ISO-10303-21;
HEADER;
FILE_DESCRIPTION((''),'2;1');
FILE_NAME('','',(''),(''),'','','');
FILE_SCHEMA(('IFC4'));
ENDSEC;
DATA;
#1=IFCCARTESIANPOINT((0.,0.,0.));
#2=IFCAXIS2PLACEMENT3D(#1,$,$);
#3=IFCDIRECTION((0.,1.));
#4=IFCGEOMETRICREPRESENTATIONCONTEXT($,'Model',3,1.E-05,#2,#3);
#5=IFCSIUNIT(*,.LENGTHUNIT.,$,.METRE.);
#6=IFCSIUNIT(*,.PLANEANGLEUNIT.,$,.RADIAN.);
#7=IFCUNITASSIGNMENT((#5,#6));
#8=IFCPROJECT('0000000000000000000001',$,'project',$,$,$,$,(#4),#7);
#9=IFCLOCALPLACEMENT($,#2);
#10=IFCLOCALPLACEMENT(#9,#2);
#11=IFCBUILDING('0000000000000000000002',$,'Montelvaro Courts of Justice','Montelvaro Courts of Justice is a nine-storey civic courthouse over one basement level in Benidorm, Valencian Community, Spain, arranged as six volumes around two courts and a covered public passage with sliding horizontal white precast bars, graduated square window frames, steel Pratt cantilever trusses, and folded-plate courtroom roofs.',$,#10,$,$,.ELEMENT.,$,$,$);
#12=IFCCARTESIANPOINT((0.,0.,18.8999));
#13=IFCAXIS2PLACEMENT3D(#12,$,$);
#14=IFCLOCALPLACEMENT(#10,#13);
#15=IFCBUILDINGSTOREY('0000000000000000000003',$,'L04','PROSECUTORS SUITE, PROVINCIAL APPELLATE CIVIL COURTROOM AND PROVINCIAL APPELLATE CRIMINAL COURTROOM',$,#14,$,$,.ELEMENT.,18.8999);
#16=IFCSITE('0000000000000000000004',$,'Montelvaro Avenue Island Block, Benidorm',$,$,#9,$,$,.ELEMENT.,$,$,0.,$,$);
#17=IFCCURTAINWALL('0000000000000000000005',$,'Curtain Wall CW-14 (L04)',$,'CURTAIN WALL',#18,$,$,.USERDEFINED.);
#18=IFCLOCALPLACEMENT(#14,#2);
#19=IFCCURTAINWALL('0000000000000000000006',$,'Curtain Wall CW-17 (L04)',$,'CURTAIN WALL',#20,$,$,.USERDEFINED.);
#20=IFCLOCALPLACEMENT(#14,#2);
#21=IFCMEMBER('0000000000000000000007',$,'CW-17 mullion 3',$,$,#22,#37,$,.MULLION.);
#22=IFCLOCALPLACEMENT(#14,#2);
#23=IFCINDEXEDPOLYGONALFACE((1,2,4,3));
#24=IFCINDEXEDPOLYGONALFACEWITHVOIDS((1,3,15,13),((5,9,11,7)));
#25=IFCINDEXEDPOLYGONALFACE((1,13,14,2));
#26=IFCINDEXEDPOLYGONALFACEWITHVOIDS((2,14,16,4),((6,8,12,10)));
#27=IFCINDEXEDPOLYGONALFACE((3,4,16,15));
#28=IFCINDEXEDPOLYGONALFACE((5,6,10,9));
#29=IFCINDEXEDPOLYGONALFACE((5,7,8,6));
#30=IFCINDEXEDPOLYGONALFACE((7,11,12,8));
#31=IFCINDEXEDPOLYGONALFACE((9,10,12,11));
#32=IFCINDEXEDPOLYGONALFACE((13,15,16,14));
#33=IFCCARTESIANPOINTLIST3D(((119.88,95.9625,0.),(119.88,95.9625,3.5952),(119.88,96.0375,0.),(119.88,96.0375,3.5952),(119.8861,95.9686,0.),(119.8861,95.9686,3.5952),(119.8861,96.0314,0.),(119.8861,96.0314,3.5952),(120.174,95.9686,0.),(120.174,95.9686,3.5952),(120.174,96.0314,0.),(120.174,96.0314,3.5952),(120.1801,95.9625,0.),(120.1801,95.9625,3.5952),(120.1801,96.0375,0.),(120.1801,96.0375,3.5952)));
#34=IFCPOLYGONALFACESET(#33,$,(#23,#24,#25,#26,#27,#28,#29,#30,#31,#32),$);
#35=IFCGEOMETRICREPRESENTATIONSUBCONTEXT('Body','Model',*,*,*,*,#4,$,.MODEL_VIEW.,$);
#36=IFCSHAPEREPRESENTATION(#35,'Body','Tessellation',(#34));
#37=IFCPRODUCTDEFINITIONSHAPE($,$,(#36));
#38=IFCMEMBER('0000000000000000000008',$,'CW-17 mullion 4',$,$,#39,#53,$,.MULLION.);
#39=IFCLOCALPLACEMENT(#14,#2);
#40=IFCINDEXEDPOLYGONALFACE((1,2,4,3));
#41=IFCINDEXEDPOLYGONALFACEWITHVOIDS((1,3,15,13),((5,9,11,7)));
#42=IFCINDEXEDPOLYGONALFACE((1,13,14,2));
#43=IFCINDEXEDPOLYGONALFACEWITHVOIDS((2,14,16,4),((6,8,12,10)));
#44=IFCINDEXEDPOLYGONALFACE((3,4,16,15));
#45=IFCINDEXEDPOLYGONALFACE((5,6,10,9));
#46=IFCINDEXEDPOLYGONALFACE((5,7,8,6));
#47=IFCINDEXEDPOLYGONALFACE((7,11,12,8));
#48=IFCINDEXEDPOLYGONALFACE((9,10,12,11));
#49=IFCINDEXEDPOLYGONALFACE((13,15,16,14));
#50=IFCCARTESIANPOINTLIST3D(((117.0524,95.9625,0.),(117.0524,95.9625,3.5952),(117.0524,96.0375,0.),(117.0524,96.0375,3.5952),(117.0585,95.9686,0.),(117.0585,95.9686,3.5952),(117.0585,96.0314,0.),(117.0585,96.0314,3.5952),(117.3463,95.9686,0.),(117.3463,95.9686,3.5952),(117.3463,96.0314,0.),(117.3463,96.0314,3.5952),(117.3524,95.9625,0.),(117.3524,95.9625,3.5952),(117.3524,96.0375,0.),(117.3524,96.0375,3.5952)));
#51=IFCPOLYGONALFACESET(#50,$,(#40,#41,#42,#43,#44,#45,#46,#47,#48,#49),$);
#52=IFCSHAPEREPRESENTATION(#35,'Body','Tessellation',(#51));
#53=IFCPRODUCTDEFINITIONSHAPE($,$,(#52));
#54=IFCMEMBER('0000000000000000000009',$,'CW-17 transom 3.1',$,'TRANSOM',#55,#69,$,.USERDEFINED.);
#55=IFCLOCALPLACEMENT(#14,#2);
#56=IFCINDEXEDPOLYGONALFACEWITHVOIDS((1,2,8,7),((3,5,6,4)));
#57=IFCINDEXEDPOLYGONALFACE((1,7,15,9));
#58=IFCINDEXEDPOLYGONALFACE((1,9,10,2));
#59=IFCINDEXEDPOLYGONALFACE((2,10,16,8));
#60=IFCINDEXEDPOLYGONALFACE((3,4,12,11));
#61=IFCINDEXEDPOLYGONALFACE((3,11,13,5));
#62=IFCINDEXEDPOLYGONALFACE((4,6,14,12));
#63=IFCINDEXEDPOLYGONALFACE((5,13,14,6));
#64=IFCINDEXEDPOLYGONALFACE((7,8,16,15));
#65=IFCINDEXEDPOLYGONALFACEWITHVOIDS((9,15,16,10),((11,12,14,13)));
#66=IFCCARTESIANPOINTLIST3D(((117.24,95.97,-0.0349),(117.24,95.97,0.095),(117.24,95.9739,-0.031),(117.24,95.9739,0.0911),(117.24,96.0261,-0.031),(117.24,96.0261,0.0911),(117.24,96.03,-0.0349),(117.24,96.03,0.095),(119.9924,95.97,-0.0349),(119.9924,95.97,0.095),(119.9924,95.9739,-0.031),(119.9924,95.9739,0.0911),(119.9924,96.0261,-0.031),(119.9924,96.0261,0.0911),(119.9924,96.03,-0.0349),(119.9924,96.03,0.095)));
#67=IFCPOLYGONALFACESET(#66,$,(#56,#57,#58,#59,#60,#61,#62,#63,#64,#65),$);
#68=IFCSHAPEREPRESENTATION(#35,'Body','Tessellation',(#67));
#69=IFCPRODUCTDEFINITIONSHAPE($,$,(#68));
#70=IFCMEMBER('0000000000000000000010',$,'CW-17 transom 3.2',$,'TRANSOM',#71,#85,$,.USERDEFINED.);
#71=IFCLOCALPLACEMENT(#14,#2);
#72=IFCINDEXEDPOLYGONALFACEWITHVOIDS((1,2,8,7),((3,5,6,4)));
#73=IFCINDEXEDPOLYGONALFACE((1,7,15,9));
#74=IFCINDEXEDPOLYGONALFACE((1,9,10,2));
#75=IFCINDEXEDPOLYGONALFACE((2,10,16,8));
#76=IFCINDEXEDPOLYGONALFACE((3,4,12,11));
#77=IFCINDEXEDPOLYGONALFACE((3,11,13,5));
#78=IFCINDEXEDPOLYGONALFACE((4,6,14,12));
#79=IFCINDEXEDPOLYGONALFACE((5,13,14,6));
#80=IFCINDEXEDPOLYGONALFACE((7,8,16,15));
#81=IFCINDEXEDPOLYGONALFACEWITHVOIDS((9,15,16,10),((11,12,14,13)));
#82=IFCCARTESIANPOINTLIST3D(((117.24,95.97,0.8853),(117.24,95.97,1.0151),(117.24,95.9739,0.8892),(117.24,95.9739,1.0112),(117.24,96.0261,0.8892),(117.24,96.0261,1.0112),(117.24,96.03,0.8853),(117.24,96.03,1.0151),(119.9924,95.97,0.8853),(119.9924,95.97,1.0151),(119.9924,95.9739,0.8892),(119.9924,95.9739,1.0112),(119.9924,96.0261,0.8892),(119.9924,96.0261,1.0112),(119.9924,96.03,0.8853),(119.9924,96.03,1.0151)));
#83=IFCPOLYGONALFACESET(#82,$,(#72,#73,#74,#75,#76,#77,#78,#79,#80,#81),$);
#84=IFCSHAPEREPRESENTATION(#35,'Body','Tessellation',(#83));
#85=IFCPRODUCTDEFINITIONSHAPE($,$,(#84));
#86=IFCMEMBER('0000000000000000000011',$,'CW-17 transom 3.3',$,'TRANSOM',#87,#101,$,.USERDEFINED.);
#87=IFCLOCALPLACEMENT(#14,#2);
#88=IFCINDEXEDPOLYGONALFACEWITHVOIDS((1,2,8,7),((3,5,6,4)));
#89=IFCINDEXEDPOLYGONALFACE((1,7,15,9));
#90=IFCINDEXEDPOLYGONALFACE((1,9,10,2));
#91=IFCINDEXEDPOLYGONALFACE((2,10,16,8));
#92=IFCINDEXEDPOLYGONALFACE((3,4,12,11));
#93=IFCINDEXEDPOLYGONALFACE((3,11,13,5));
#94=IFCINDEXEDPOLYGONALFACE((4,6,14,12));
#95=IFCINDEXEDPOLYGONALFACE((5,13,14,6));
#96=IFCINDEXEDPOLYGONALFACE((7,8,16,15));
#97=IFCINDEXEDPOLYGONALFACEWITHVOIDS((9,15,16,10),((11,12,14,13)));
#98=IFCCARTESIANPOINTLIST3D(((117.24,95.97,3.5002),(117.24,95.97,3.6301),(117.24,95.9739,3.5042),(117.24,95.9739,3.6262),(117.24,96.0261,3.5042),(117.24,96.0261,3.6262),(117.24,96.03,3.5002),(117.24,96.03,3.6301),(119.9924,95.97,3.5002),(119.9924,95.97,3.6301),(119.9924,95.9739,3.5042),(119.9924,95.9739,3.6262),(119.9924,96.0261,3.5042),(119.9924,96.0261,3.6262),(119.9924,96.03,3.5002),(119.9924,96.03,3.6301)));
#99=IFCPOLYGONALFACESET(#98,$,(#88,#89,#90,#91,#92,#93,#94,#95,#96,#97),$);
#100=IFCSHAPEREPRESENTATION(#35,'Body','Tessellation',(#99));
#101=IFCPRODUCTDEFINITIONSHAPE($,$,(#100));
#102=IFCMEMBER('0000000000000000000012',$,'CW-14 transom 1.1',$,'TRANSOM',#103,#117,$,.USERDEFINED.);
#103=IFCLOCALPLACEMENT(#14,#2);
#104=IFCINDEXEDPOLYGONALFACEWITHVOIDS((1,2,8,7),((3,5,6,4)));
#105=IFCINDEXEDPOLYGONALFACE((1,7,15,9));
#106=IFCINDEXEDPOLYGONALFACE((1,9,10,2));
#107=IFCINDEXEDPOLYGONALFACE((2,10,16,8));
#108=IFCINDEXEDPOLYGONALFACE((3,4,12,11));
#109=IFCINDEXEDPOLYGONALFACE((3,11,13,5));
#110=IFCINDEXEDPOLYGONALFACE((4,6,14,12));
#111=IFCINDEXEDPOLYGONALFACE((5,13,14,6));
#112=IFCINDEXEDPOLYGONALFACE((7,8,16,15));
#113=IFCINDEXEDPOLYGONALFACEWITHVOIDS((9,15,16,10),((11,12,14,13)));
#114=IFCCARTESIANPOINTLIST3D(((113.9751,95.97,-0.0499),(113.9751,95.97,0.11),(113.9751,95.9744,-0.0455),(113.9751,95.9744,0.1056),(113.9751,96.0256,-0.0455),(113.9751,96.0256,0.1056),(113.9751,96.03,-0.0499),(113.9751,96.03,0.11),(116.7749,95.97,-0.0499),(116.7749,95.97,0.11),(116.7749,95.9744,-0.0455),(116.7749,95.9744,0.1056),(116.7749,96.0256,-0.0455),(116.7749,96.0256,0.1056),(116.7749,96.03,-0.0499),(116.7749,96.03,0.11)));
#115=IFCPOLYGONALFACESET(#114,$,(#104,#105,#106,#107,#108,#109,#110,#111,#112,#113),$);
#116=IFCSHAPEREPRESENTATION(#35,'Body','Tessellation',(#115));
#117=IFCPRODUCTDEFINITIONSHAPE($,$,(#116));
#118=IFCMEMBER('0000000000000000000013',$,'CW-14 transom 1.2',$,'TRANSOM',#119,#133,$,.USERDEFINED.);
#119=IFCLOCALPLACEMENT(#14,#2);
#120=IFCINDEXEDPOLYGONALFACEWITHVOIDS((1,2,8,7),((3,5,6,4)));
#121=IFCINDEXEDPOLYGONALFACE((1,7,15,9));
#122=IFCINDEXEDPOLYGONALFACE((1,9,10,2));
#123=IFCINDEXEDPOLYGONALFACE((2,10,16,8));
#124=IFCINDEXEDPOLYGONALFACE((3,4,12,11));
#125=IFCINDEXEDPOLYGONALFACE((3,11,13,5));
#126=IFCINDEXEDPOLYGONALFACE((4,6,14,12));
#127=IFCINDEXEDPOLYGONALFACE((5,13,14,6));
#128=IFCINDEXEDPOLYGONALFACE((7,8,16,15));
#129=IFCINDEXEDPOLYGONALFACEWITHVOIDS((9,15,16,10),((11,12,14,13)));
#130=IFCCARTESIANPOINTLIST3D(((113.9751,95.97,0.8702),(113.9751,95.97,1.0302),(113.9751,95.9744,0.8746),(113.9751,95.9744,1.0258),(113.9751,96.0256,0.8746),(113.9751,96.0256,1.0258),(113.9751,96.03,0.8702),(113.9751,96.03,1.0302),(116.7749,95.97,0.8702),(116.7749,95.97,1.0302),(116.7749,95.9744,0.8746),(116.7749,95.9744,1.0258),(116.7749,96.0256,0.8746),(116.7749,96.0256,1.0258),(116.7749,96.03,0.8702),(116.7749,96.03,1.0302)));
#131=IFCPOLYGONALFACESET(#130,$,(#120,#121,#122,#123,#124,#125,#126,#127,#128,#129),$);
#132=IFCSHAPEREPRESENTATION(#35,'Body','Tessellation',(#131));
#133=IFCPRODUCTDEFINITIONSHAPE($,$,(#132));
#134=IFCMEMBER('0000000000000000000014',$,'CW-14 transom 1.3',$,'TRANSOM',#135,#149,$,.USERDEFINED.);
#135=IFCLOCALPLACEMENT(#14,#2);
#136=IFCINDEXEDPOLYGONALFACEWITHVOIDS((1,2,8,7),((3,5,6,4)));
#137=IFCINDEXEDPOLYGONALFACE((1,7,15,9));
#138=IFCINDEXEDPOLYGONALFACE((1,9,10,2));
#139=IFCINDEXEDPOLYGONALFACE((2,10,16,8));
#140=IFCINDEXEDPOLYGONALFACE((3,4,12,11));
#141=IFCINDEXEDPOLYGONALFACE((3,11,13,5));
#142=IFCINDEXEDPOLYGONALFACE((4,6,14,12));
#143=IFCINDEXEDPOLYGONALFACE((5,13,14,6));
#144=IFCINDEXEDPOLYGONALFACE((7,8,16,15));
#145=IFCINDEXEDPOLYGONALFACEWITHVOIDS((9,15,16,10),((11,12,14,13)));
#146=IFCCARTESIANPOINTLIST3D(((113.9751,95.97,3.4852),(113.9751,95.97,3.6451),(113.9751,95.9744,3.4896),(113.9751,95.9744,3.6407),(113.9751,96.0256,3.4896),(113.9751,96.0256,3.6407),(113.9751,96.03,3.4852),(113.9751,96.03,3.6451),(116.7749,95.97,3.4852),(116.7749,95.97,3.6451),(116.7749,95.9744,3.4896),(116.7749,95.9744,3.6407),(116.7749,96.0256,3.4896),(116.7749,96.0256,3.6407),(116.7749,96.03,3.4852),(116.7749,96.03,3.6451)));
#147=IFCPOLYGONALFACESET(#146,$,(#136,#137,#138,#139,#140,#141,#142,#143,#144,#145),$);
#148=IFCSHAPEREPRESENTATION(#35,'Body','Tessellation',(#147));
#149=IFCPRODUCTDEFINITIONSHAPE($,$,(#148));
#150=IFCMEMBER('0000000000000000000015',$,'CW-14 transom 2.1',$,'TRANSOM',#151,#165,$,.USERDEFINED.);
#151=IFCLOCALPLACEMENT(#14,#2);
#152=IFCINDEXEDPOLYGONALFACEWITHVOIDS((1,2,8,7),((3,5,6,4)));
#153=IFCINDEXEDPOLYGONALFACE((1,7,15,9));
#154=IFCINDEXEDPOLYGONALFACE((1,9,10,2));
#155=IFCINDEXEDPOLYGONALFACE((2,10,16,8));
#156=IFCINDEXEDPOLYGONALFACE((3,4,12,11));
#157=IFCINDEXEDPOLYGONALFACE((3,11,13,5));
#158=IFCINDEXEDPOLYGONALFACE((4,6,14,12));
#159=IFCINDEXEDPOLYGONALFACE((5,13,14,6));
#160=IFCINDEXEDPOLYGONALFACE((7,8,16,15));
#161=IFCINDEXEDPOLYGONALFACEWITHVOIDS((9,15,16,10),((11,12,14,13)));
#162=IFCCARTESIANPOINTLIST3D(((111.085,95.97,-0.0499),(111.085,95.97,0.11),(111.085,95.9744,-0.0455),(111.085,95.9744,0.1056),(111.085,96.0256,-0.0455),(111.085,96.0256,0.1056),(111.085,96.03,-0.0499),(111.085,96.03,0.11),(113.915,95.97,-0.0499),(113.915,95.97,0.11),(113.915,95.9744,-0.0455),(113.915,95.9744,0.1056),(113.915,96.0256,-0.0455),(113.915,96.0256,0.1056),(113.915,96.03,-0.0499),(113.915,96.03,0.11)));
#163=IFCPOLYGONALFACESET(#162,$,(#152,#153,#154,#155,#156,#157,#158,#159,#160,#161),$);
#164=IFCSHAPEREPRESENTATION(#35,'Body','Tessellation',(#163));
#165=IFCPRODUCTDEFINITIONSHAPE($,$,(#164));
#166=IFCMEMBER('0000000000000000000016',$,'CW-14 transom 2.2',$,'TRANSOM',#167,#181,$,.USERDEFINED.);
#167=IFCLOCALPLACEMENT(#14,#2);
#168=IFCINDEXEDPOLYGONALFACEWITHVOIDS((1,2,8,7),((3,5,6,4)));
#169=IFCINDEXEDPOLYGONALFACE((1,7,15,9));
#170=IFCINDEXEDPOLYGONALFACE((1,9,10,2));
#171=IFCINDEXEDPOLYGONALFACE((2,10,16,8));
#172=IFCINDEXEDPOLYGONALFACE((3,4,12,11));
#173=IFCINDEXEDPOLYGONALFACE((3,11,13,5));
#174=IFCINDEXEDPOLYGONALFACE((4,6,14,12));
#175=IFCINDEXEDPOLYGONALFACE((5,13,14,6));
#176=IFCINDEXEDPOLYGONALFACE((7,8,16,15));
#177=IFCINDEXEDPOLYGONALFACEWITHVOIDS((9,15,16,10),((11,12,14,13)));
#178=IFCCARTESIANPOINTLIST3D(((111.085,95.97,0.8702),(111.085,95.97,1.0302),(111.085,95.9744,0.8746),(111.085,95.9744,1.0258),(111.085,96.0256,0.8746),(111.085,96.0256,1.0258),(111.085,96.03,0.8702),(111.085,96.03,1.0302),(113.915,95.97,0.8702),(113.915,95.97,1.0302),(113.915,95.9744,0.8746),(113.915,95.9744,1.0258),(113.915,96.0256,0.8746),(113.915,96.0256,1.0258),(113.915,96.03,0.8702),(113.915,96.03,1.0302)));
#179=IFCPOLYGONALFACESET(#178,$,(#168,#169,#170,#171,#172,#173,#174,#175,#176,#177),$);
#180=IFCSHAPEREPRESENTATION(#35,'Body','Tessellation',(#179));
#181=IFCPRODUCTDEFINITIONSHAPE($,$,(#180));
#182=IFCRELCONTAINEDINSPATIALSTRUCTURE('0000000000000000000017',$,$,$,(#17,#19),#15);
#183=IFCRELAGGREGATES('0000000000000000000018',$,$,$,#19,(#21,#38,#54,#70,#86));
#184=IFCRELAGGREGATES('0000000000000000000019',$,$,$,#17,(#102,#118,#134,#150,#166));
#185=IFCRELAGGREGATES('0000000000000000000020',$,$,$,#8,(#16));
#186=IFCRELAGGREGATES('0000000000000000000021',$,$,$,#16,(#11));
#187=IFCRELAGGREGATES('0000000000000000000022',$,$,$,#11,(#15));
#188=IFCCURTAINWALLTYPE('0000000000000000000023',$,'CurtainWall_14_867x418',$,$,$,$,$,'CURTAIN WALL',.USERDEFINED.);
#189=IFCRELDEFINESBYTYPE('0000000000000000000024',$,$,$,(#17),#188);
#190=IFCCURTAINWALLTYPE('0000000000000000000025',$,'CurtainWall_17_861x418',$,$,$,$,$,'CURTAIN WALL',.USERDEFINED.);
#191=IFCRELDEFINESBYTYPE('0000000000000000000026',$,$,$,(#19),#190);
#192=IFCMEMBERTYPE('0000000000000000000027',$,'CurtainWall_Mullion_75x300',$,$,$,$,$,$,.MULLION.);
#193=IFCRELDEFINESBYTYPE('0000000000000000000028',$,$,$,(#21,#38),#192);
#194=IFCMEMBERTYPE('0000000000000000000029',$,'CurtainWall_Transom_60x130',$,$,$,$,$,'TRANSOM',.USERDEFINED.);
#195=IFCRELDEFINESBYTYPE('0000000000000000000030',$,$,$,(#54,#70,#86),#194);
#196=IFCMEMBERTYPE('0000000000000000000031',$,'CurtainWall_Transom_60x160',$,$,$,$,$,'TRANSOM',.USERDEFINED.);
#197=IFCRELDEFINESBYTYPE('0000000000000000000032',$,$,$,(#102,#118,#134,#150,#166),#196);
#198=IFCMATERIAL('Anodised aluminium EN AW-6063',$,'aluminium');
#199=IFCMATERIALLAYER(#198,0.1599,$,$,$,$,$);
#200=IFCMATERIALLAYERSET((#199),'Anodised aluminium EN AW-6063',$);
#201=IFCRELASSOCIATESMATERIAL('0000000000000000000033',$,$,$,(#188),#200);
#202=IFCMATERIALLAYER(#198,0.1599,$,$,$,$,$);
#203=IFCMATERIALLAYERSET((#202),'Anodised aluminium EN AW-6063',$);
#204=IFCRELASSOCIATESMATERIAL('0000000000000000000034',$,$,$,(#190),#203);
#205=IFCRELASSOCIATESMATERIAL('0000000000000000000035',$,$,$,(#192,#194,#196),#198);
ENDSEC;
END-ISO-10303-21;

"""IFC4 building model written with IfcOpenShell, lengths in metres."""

from ifc_helpers import new_model, si_unit, direction, frame, origin, origin_2d, place, context, subcontext, project, spatial, hollow_rectangle, extrude, material, layer, layer_set, material_profile, profile_set, type_object, element, aggregate, save


model = new_model("IFC4")

# Units and contexts
model_context = context("Model", 3, precision=1e-05, world=origin(), true_north=direction((0.0, 1.0)))
body_context = subcontext(model_context, "Body", "Model", "MODEL_VIEW")
ifc_project = project(units=[si_unit("LENGTHUNIT", "METRE"), si_unit("PLANEANGLEUNIT", "RADIAN")], contexts=[model_context])

# Site, building, storey
site_placement = place(None, origin())
site = spatial("IfcSite", under=ifc_project, at=site_placement, Name="Montelvaro Avenue Island Block, Benidorm", CompositionType="ELEMENT", RefElevation=0.0)
building_placement = place(site_placement, origin())
building = spatial("IfcBuilding", under=site, at=building_placement, Name="Montelvaro Courts of Justice", Description="Montelvaro Courts of Justice is a nine-storey civic courthouse over one basement level in Benidorm, Valencian Community, Spain, arranged as six volumes around two courts and a covered public passage with sliding horizontal white precast bars, graduated square window frames, steel Pratt cantilever trusses, and folded-plate courtroom roofs.", CompositionType="ELEMENT")
storey_placement = place(building_placement, frame((0.0, 0.0, 18.8999)))
storey = spatial("IfcBuildingStorey", under=building, at=storey_placement, Name="L04", Description="PROSECUTORS SUITE, PROVINCIAL APPELLATE CIVIL COURTROOM AND PROVINCIAL APPELLATE CRIMINAL COURTROOM", CompositionType="ELEMENT", Elevation=18.8999)

# Curtain wall
ifc_material_1 = material(Name="Anodised aluminium EN AW-6063", Category="aluminium")
ifc_layer_1 = layer(ifc_material_1, 0.1599)
ifc_layer_set_1 = layer_set([ifc_layer_1], Name="Anodised aluminium EN AW-6063")
curtain_wall_type_1 = type_object("IfcCurtainWallType", Name="CurtainWall_14_867x418", ElementType="CURTAIN WALL", PredefinedType="USERDEFINED", material=ifc_layer_set_1)
curtain_wall_1_placement = place(storey_placement, origin())
curtain_wall_1 = element("IfcCurtainWall", 1, at=curtain_wall_1_placement, inside=storey, type_object=curtain_wall_type_1, Name="Curtain Wall CW-14 (L04)", ObjectType="CURTAIN WALL", PredefinedType="USERDEFINED")

# Shared definitions
ifc_layer_2 = layer(ifc_material_1, 0.1599)
ifc_layer_set_2 = layer_set([ifc_layer_2], Name="Anodised aluminium EN AW-6063")
curtain_wall_type_2 = type_object("IfcCurtainWallType", Name="CurtainWall_17_861x418", ElementType="CURTAIN WALL", PredefinedType="USERDEFINED", material=ifc_layer_set_2)

# Curtain wall, members
curtain_wall_2_placement = place(storey_placement, origin())
curtain_wall_2 = element("IfcCurtainWall", 2, at=curtain_wall_2_placement, inside=storey, type_object=curtain_wall_type_2, Name="Curtain Wall CW-17 (L04)", ObjectType="CURTAIN WALL", PredefinedType="USERDEFINED")
ifc_material_profile_1 = material_profile(ifc_material_1, hollow_rectangle(XDim=0.075, YDim=0.3, WallThickness=0.0061, at=origin_2d()), Name="ALU-M 75x300")
ifc_profile_set_1 = profile_set([ifc_material_profile_1], Name="Anodised aluminium EN AW-6063")
member_type_1 = type_object("IfcMemberType", Name="CurtainWall_Mullion_75x300", PredefinedType="MULLION", material=ifc_profile_set_1)
member_1_placement = place(storey_placement, frame((120.03, 96.0, 0.0), z_axis=(0.0, 0.0, 1.0), x_axis=(0.0, -1.0, 0.0)))
member_1 = element("IfcMember", 3, at=member_1_placement, type_object=member_type_1, Name="CW-17 mullion 3", PredefinedType="MULLION", context=body_context, shape_type="SweptSolid", body=[
    extrude(hollow_rectangle(XDim=0.075, YDim=0.3, WallThickness=0.0061, at=origin_2d()), origin(), (0.0, 0.0, 1.0), 3.5952),
])
member_2_placement = place(storey_placement, frame((117.2024, 96.0, 0.0), z_axis=(0.0, 0.0, 1.0), x_axis=(0.0, -1.0, 0.0)))
member_2 = element("IfcMember", 4, at=member_2_placement, type_object=member_type_1, Name="CW-17 mullion 4", PredefinedType="MULLION", context=body_context, shape_type="SweptSolid", body=[
    extrude(hollow_rectangle(XDim=0.075, YDim=0.3, WallThickness=0.0061, at=origin_2d()), origin(), (0.0, 0.0, 1.0), 3.5952),
])
ifc_material_profile_2 = material_profile(ifc_material_1, hollow_rectangle(XDim=0.0601, YDim=0.1299, WallThickness=0.0039, at=origin_2d()), Name="ALU-T 60x130")
ifc_profile_set_2 = profile_set([ifc_material_profile_2], Name="Anodised aluminium EN AW-6063")
member_type_2 = type_object("IfcMemberType", Name="CurtainWall_Transom_60x130", ElementType="TRANSOM", PredefinedType="USERDEFINED", material=ifc_profile_set_2)
member_3_placement = place(storey_placement, frame((119.9924, 96.0, 0.03), z_axis=(-1.0, 0.0, 0.0), x_axis=(0.0, -1.0, 0.0)))
member_3 = element("IfcMember", 5, at=member_3_placement, type_object=member_type_2, Name="CW-17 transom 3.1", ObjectType="TRANSOM", PredefinedType="USERDEFINED", context=body_context, shape_type="SweptSolid", body=[
    extrude(hollow_rectangle(XDim=0.0601, YDim=0.1299, WallThickness=0.0039, at=origin_2d()), origin(), (0.0, 0.0, 1.0), 2.7524),
])
member_4_placement = place(storey_placement, frame((119.9924, 96.0, 0.9502), z_axis=(-1.0, 0.0, 0.0), x_axis=(0.0, -1.0, 0.0)))
member_4 = element("IfcMember", 6, at=member_4_placement, type_object=member_type_2, Name="CW-17 transom 3.2", ObjectType="TRANSOM", PredefinedType="USERDEFINED", context=body_context, shape_type="SweptSolid", body=[
    extrude(hollow_rectangle(XDim=0.0601, YDim=0.1299, WallThickness=0.0039, at=origin_2d()), origin(), (0.0, 0.0, 1.0), 2.7524),
])
member_5_placement = place(storey_placement, frame((119.9924, 96.0, 3.5652), z_axis=(-1.0, 0.0, 0.0), x_axis=(0.0, -1.0, 0.0)))
member_5 = element("IfcMember", 7, at=member_5_placement, type_object=member_type_2, Name="CW-17 transom 3.3", ObjectType="TRANSOM", PredefinedType="USERDEFINED", context=body_context, shape_type="SweptSolid", body=[
    extrude(hollow_rectangle(XDim=0.0601, YDim=0.1299, WallThickness=0.0039, at=origin_2d()), origin(), (0.0, 0.0, 1.0), 2.7524),
])

# Members
ifc_material_profile_3 = material_profile(ifc_material_1, hollow_rectangle(XDim=0.0601, YDim=0.1599, WallThickness=0.0044, at=origin_2d()), Name="ALU-T 60x160")
ifc_profile_set_3 = profile_set([ifc_material_profile_3], Name="Anodised aluminium EN AW-6063")
member_type_3 = type_object("IfcMemberType", Name="CurtainWall_Transom_60x160", ElementType="TRANSOM", PredefinedType="USERDEFINED", material=ifc_profile_set_3)
member_6_placement = place(storey_placement, frame((116.7749, 96.0, 0.03), z_axis=(-1.0, 0.0, 0.0), x_axis=(0.0, -1.0, 0.0)))
member_6 = element("IfcMember", 8, at=member_6_placement, type_object=member_type_3, Name="CW-14 transom 1.1", ObjectType="TRANSOM", PredefinedType="USERDEFINED", context=body_context, shape_type="SweptSolid", body=[
    extrude(hollow_rectangle(XDim=0.0601, YDim=0.1599, WallThickness=0.0044, at=origin_2d()), origin(), (0.0, 0.0, 1.0), 2.7998),
])
member_7_placement = place(storey_placement, frame((116.7749, 96.0, 0.9502), z_axis=(-1.0, 0.0, 0.0), x_axis=(0.0, -1.0, 0.0)))
member_7 = element("IfcMember", 9, at=member_7_placement, type_object=member_type_3, Name="CW-14 transom 1.2", ObjectType="TRANSOM", PredefinedType="USERDEFINED", context=body_context, shape_type="SweptSolid", body=[
    extrude(hollow_rectangle(XDim=0.0601, YDim=0.1599, WallThickness=0.0044, at=origin_2d()), origin(), (0.0, 0.0, 1.0), 2.7998),
])
member_8_placement = place(storey_placement, frame((116.7749, 96.0, 3.5652), z_axis=(-1.0, 0.0, 0.0), x_axis=(0.0, -1.0, 0.0)))
member_8 = element("IfcMember", 10, at=member_8_placement, type_object=member_type_3, Name="CW-14 transom 1.3", ObjectType="TRANSOM", PredefinedType="USERDEFINED", context=body_context, shape_type="SweptSolid", body=[
    extrude(hollow_rectangle(XDim=0.0601, YDim=0.1599, WallThickness=0.0044, at=origin_2d()), origin(), (0.0, 0.0, 1.0), 2.7998),
])
member_9_placement = place(storey_placement, frame((113.915, 96.0, 0.03), z_axis=(-1.0, 0.0, 0.0), x_axis=(0.0, -1.0, 0.0)))
member_9 = element("IfcMember", 11, at=member_9_placement, type_object=member_type_3, Name="CW-14 transom 2.1", ObjectType="TRANSOM", PredefinedType="USERDEFINED", context=body_context, shape_type="SweptSolid", body=[
    extrude(hollow_rectangle(XDim=0.0601, YDim=0.1599, WallThickness=0.0044, at=origin_2d()), origin(), (0.0, 0.0, 1.0), 2.8301),
])
member_10_placement = place(storey_placement, frame((113.915, 96.0, 0.9502), z_axis=(-1.0, 0.0, 0.0), x_axis=(0.0, -1.0, 0.0)))
member_10 = element("IfcMember", 12, at=member_10_placement, type_object=member_type_3, Name="CW-14 transom 2.2", ObjectType="TRANSOM", PredefinedType="USERDEFINED", context=body_context, shape_type="SweptSolid", body=[
    extrude(hollow_rectangle(XDim=0.0601, YDim=0.1599, WallThickness=0.0044, at=origin_2d()), origin(), (0.0, 0.0, 1.0), 2.8301),
])

aggregate(curtain_wall_2, [member_1, member_2, member_3, member_4, member_5])
aggregate(curtain_wall_1, [member_6, member_7, member_8, member_9, member_10])

save(model, "model.ifc")
